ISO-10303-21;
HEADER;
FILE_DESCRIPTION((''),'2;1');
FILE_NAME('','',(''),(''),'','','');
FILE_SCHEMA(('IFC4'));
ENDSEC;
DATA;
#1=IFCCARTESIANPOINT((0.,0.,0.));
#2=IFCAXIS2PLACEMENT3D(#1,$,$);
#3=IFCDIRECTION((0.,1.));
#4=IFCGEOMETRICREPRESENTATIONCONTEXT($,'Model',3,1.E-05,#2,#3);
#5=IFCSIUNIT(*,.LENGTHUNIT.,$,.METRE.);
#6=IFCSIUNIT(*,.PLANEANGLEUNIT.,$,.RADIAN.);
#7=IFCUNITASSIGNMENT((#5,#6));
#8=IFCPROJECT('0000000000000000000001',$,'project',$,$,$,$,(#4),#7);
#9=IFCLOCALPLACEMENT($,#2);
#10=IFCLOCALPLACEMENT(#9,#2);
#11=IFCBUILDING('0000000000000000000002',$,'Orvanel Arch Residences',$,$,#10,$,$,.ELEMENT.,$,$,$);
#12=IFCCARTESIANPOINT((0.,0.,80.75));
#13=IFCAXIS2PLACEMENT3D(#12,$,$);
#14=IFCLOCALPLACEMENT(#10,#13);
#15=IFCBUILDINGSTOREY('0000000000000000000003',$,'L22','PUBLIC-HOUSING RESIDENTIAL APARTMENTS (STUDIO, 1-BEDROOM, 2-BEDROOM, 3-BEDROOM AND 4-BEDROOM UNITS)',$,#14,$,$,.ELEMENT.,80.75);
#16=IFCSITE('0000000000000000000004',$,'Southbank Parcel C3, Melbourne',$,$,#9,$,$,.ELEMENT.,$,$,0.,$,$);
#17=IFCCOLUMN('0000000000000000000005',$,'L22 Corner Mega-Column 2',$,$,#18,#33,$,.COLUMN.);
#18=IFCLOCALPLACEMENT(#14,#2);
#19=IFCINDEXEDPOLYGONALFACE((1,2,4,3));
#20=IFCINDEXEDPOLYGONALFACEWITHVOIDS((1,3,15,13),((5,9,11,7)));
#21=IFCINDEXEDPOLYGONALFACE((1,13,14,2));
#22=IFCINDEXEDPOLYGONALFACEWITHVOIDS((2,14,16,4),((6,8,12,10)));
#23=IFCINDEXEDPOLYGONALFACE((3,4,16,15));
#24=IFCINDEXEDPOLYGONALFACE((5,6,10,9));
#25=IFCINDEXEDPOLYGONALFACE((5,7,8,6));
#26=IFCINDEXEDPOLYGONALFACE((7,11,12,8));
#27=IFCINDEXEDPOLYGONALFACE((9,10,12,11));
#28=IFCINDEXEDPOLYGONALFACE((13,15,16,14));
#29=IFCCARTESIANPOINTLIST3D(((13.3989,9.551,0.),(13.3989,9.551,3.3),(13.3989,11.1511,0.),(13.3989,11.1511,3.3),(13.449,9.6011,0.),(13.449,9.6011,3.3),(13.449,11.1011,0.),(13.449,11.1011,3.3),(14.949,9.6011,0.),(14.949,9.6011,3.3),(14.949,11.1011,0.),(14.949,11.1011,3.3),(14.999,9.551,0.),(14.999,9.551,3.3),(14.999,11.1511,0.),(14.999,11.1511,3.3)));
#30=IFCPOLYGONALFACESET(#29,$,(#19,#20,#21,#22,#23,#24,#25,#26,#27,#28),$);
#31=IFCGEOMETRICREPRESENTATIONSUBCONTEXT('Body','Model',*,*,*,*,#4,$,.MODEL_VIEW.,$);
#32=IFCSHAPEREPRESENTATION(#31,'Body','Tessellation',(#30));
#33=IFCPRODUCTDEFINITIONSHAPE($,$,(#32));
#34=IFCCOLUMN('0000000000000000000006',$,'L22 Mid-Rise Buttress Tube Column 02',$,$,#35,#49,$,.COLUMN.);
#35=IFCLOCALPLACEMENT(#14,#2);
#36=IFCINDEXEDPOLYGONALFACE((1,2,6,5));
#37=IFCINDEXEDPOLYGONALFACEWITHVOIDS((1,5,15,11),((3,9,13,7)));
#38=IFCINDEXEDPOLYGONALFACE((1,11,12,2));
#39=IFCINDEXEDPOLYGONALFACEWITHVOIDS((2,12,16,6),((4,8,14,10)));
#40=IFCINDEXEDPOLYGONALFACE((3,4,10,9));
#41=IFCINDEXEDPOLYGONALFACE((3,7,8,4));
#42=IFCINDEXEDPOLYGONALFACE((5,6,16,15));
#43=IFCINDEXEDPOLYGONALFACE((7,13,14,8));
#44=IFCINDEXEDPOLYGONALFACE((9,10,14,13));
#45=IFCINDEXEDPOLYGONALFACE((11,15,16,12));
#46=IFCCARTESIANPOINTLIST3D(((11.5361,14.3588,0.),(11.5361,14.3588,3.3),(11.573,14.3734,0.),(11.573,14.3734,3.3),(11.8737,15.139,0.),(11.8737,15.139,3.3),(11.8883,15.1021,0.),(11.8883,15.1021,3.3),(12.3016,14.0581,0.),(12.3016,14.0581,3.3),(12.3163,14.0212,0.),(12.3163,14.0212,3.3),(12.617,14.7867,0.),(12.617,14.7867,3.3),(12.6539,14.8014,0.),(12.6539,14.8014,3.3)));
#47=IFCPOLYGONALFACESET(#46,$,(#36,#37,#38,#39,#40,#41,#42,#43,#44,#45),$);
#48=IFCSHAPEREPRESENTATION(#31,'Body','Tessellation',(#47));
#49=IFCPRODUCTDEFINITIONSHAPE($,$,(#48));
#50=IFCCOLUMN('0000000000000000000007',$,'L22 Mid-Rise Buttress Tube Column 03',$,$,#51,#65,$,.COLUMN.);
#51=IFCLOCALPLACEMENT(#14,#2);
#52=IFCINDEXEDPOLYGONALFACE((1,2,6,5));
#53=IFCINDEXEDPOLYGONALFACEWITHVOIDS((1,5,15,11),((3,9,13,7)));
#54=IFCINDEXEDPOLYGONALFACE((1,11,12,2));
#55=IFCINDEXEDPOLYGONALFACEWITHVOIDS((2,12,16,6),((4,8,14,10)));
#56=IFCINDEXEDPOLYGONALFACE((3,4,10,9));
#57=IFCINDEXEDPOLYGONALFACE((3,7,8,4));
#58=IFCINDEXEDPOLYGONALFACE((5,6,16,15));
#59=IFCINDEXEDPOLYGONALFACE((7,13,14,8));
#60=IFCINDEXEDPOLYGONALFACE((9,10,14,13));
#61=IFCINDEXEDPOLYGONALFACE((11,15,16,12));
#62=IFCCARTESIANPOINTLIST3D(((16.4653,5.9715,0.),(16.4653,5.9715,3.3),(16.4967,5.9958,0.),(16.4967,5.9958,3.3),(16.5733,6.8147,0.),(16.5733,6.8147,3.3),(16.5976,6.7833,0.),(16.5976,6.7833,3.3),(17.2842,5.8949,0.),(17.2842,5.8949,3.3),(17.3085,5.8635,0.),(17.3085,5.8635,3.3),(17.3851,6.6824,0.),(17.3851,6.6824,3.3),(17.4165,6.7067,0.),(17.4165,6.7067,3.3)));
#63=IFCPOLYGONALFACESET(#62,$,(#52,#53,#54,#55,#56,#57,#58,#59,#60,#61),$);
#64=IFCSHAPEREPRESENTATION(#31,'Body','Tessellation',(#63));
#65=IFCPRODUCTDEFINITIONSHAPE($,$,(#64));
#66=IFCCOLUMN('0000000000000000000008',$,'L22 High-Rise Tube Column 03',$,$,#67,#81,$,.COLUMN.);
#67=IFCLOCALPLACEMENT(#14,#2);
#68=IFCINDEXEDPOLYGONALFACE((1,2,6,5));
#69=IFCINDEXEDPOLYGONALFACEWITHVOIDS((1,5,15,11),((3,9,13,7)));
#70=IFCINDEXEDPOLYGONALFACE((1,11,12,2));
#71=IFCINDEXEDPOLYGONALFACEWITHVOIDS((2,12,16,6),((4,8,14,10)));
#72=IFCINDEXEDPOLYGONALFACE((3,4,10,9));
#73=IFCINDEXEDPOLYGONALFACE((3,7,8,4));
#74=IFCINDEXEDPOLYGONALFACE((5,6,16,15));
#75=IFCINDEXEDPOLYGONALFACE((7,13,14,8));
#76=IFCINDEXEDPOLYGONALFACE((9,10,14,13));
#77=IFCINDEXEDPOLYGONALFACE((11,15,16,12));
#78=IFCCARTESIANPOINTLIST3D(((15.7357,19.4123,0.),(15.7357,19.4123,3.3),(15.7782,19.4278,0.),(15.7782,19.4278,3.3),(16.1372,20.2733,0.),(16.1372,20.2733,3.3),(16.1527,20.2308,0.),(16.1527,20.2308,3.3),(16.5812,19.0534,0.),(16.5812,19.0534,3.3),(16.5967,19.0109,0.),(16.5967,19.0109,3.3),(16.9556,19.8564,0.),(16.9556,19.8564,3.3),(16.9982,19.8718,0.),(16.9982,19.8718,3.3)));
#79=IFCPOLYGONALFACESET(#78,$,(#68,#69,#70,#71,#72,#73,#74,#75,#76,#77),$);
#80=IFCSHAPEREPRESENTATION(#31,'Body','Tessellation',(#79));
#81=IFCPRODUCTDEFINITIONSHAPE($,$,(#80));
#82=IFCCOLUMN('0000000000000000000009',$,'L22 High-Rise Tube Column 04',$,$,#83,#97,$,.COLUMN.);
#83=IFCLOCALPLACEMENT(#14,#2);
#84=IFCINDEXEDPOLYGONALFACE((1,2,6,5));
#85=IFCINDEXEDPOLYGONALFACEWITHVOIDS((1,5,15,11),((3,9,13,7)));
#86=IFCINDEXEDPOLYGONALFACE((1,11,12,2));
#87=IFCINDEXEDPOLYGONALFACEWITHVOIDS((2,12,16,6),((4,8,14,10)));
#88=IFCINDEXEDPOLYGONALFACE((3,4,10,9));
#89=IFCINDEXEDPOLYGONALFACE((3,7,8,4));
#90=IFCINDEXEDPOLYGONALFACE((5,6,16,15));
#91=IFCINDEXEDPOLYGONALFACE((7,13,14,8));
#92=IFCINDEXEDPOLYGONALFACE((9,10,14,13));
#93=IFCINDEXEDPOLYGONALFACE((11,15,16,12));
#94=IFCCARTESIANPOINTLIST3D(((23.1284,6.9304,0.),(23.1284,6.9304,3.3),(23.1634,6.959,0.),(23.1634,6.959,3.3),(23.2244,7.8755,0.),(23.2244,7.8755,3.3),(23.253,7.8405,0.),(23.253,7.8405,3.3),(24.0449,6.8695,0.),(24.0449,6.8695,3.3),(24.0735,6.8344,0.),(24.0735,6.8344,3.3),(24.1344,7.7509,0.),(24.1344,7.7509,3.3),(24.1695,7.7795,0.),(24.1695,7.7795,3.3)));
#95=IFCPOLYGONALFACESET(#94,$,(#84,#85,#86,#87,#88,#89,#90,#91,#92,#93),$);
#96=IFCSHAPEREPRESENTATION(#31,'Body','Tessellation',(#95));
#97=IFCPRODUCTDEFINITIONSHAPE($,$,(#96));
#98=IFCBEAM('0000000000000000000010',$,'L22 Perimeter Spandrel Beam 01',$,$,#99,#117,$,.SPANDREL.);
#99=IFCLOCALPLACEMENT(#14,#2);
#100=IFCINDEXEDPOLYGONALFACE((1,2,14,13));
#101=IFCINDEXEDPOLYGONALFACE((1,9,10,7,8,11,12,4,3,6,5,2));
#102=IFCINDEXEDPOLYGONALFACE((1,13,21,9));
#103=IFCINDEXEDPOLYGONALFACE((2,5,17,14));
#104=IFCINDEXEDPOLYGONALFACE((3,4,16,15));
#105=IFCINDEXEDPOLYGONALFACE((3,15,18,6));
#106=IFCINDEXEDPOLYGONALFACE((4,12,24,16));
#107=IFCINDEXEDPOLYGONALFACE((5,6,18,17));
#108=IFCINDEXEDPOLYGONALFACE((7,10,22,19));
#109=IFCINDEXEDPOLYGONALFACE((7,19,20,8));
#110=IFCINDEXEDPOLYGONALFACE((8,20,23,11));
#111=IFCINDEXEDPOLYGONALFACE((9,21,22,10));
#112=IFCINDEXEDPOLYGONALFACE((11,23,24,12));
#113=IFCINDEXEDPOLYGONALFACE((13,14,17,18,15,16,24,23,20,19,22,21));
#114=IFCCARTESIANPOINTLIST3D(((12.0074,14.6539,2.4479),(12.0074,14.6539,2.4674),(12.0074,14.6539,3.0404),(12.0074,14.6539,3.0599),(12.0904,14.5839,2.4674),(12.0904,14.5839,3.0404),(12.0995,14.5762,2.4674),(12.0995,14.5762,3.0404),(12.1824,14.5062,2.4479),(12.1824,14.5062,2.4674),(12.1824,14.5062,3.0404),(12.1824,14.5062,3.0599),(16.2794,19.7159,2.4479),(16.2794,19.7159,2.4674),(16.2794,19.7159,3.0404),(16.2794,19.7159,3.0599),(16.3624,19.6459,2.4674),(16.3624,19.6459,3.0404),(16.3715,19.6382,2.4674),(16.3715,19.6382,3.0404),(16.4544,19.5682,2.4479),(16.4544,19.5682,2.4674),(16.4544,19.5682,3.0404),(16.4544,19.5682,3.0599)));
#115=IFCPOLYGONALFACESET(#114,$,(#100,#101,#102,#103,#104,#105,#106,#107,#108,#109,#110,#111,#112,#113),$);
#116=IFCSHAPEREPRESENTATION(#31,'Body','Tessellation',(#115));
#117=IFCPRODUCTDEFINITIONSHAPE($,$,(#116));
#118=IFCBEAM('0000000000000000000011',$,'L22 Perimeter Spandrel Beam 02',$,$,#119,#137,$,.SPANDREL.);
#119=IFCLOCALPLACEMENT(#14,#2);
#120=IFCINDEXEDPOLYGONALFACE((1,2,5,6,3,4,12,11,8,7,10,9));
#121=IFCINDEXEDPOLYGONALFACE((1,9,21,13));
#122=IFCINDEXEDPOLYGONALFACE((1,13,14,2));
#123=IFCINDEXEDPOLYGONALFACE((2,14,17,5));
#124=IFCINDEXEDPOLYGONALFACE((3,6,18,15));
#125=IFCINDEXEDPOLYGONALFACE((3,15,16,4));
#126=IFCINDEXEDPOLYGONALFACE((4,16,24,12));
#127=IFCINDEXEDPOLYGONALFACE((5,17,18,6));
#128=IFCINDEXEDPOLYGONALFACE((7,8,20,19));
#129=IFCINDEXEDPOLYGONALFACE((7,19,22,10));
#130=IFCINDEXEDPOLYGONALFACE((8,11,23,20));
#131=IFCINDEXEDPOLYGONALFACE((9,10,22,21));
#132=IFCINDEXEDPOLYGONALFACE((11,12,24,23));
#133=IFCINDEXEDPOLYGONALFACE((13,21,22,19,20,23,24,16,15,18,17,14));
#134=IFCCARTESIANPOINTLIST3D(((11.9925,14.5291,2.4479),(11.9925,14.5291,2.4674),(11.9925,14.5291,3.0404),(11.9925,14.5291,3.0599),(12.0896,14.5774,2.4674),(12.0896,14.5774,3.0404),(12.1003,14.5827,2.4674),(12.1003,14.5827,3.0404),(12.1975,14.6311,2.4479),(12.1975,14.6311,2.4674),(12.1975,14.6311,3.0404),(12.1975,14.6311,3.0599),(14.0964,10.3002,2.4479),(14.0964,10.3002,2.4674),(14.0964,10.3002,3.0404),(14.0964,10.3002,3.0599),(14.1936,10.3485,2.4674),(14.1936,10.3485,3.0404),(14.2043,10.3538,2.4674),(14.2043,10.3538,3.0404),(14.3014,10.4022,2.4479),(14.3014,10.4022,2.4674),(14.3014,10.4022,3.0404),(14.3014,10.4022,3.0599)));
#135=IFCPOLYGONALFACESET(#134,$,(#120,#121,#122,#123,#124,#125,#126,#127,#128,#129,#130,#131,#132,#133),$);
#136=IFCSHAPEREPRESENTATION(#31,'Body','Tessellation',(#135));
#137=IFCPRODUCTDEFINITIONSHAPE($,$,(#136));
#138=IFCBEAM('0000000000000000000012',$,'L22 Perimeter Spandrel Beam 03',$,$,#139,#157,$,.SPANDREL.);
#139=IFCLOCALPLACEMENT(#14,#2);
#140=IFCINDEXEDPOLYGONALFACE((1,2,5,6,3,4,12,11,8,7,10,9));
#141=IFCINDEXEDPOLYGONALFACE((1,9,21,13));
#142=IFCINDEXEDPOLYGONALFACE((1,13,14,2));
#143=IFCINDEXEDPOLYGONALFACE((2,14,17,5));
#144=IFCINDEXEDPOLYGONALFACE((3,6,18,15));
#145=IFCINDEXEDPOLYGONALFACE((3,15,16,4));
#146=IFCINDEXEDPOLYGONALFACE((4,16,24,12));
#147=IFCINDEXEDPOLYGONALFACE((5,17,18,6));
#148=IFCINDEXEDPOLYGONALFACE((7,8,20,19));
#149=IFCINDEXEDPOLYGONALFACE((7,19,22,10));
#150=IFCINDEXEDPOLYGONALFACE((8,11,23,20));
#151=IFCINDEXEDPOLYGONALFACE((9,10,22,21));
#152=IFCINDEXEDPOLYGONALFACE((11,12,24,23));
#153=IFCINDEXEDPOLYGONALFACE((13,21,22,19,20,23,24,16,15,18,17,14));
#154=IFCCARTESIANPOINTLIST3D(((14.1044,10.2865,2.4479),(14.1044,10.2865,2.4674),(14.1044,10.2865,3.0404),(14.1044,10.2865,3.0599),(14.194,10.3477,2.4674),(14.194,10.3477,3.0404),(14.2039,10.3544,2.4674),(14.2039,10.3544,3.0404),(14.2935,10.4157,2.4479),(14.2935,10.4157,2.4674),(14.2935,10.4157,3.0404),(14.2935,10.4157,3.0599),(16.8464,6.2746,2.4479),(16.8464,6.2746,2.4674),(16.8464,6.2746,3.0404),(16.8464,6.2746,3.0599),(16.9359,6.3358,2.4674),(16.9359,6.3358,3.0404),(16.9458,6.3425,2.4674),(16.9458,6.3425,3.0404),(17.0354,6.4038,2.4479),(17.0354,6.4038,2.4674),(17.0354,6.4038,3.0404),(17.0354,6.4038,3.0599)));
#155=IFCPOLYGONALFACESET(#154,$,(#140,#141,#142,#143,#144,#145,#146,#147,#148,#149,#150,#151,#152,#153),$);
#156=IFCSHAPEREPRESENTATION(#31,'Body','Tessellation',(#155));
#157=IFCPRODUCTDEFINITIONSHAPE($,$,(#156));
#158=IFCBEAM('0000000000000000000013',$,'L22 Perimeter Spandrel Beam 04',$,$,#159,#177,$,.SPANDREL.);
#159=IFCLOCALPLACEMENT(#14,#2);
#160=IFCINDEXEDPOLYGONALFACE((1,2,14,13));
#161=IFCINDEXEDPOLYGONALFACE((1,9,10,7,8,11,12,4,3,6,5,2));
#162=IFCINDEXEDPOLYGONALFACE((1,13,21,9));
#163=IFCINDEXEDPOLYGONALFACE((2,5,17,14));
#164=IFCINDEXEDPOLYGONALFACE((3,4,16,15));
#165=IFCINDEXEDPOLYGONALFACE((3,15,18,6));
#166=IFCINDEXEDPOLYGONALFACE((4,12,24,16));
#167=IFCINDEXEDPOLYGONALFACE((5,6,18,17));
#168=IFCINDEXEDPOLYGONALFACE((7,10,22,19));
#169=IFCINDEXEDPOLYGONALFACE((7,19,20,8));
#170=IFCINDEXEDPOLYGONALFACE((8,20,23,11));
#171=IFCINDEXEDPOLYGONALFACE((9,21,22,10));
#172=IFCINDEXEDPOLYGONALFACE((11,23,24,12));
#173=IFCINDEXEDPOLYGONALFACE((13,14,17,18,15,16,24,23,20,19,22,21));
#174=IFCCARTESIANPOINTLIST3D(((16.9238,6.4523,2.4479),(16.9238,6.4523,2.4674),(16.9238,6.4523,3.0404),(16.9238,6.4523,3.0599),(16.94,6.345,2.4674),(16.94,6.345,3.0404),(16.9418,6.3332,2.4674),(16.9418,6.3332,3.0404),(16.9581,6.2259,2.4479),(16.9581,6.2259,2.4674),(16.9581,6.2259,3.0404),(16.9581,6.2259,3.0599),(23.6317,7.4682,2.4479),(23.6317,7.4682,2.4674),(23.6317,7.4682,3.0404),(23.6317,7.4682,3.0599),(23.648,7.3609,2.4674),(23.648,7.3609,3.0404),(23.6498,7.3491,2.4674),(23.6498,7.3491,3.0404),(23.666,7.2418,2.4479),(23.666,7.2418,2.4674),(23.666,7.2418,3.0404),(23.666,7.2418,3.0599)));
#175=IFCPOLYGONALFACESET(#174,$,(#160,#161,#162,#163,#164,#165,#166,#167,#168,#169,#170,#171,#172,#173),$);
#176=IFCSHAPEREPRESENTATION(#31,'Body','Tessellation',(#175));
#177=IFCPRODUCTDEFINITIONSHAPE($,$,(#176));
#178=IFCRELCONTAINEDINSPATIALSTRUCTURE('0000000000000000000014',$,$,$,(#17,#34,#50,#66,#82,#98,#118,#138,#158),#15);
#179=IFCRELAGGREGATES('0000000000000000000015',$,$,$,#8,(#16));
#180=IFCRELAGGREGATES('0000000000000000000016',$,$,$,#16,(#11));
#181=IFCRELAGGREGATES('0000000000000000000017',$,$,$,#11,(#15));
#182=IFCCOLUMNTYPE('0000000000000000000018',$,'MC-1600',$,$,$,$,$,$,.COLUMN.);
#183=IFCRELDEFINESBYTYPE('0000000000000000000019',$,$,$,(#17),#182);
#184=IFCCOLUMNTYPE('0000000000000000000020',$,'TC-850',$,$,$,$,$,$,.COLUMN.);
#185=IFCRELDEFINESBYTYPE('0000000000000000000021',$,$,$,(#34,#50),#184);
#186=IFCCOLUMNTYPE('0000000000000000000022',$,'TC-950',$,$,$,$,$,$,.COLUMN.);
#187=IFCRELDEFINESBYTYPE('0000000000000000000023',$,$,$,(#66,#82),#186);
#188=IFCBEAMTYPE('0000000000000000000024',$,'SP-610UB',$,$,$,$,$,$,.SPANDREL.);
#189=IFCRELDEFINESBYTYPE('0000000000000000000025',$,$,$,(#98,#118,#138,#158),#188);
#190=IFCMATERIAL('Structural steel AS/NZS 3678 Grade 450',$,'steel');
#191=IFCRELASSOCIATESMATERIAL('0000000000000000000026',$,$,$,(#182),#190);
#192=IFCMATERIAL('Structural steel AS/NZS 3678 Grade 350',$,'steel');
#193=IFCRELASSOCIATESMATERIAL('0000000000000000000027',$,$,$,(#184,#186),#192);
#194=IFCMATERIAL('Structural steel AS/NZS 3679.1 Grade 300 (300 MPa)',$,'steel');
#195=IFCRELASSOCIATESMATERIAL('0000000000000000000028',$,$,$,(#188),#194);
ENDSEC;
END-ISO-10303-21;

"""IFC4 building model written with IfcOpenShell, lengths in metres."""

from ifc_helpers import new_model, si_unit, direction, frame, origin, origin_2d, place, context, subcontext, project, spatial, hollow_rectangle, i_section, extrude, material, material_profile, profile_set, type_object, element, save


model = new_model("IFC4")

# Units and contexts
model_context = context("Model", 3, precision=1e-05, world=origin(), true_north=direction((0.0, 1.0)))
body_context = subcontext(model_context, "Body", "Model", "MODEL_VIEW")
ifc_project = project(units=[si_unit("LENGTHUNIT", "METRE"), si_unit("PLANEANGLEUNIT", "RADIAN")], contexts=[model_context])

# Site, building, storey
site_placement = place(None, origin())
site = spatial("IfcSite", under=ifc_project, at=site_placement, Name="Southbank Parcel C3, Melbourne", CompositionType="ELEMENT", RefElevation=0.0)
building_placement = place(site_placement, origin())
building = spatial("IfcBuilding", under=site, at=building_placement, Name="Orvanel Arch Residences", CompositionType="ELEMENT")
storey_placement = place(building_placement, frame((0.0, 0.0, 80.75)))
storey = spatial("IfcBuildingStorey", under=building, at=storey_placement, Name="L22", Description="PUBLIC-HOUSING RESIDENTIAL APARTMENTS (STUDIO, 1-BEDROOM, 2-BEDROOM, 3-BEDROOM AND 4-BEDROOM UNITS)", CompositionType="ELEMENT", Elevation=80.75)

# Columns
ifc_material_1 = material(Name="Structural steel AS/NZS 3678 Grade 450", Category="steel")
ifc_material_profile_1 = material_profile(ifc_material_1, hollow_rectangle(XDim=1.6001, YDim=1.6001, WallThickness=0.05, at=origin_2d()), Name="BOX1600x1600x50")
ifc_profile_set_1 = profile_set([ifc_material_profile_1], Name="Structural steel AS/NZS 3678 Grade 450")
column_type_1 = type_object("IfcColumnType", Name="MC-1600", PredefinedType="COLUMN", material=ifc_profile_set_1)
column_placement = place(storey_placement, frame((14.199, 10.3511, 0.0), z_axis=(0.0, 0.0, 1.0), x_axis=(1.0, 0.0, 0.0)))
element("IfcColumn", 1, at=column_placement, inside=storey, type_object=column_type_1, Name="L22 Corner Mega-Column 2", PredefinedType="COLUMN", context=body_context, shape_type="SweptSolid", body=[
    extrude(hollow_rectangle(XDim=1.6001, YDim=1.6001, WallThickness=0.05, at=origin_2d()), origin(), (0.0, 0.0, 1.0), 3.3),
])
ifc_material_2 = material(Name="Structural steel AS/NZS 3678 Grade 350", Category="steel")
ifc_material_profile_2 = material_profile(ifc_material_2, hollow_rectangle(XDim=0.8501, YDim=0.8501, WallThickness=0.0281, at=origin_2d()), Name="BOX850x850x28")
ifc_profile_set_2 = profile_set([ifc_material_profile_2], Name="Structural steel AS/NZS 3678 Grade 350")
column_type_2 = type_object("IfcColumnType", Name="TC-850", PredefinedType="COLUMN", material=ifc_profile_set_2)
for number, where, z_axis, x_axis, name in (
    (2, (12.095, 14.5801, 0.0), (0.0, 0.0, 1.0), (0.397148, 0.917755, 0.0), "L22 Mid-Rise Buttress Tube Column 02"),
    (3, (16.9409, 6.3391, 0.0), (0.0, 0.0, 1.0), (-0.991894, 0.127065, 0.0), "L22 Mid-Rise Buttress Tube Column 03"),
):
    element("IfcColumn", number, at=place(storey_placement, frame(where, z_axis=z_axis, x_axis=x_axis)), inside=storey, type_object=column_type_2, Name=name, PredefinedType="COLUMN", context=body_context, shape_type="SweptSolid", body=[
        extrude(hollow_rectangle(XDim=0.8501, YDim=0.8501, WallThickness=0.0281, at=origin_2d()), origin(), (0.0, 0.0, 1.0), 3.3),
    ])
ifc_material_profile_3 = material_profile(ifc_material_2, hollow_rectangle(XDim=0.95, YDim=0.95, WallThickness=0.032, at=origin_2d()), Name="BOX950x950x32")
ifc_profile_set_3 = profile_set([ifc_material_profile_3], Name="Structural steel AS/NZS 3678 Grade 350")
column_type_3 = type_object("IfcColumnType", Name="TC-950", PredefinedType="COLUMN", material=ifc_profile_set_3)
for number, where, z_axis, x_axis, name in (
    (4, (16.3669, 19.6421, 0.0), (0.0, 0.0, 1.0), (0.422618, 0.906308, 0.0), "L22 High-Rise Tube Column 03"),
    (5, (23.6489, 7.355, 0.0), (0.0, 0.0, 1.0), (-0.994881, 0.101056, 0.0), "L22 High-Rise Tube Column 04"),
):
    element("IfcColumn", number, at=place(storey_placement, frame(where, z_axis=z_axis, x_axis=x_axis)), inside=storey, type_object=column_type_3, Name=name, PredefinedType="COLUMN", context=body_context, shape_type="SweptSolid", body=[
        extrude(hollow_rectangle(XDim=0.95, YDim=0.95, WallThickness=0.032, at=origin_2d()), origin(), (0.0, 0.0, 1.0), 3.3),
    ])

# Beams
ifc_material_3 = material(Name="Structural steel AS/NZS 3679.1 Grade 300 (300 MPa)", Category="steel")
ifc_material_profile_4 = material_profile(ifc_material_3, i_section(OverallWidth=0.229, OverallDepth=0.6121, WebThickness=0.012, FlangeThickness=0.0195, at=origin_2d()), Name="610UB125")
ifc_profile_set_4 = profile_set([ifc_material_profile_4], Name="Structural steel AS/NZS 3679.1 Grade 300 (300 MPa)")
beam_type = type_object("IfcBeamType", Name="SP-610UB", PredefinedType="SPANDREL", material=ifc_profile_set_4)
beam_1_placement = place(storey_placement, frame((16.3669, 19.6421, 2.7539), z_axis=(-0.64495, -0.764224, 0.0), x_axis=(0.764224, -0.64495, 0.0)))
element("IfcBeam", 6, at=beam_1_placement, inside=storey, type_object=beam_type, Name="L22 Perimeter Spandrel Beam 01", PredefinedType="SPANDREL", context=body_context, shape_type="SweptSolid", body=[
    extrude(i_section(OverallWidth=0.229, OverallDepth=0.6121, WebThickness=0.012, FlangeThickness=0.0195, at=origin_2d()), origin(), (0.0, 0.0, 1.0), 6.6238),
])
beam_2_placement = place(storey_placement, frame((12.095, 14.5801, 2.7539), z_axis=(0.445435, -0.895314, 0.0), x_axis=(0.895314, 0.445435, 0.0)))
element("IfcBeam", 7, at=beam_2_placement, inside=storey, type_object=beam_type, Name="L22 Perimeter Spandrel Beam 02", PredefinedType="SPANDREL", context=body_context, shape_type="SweptSolid", body=[
    extrude(i_section(OverallWidth=0.229, OverallDepth=0.6121, WebThickness=0.012, FlangeThickness=0.0195, at=origin_2d()), origin(), (0.0, 0.0, 1.0), 4.7234),
])
beam_3_placement = place(storey_placement, frame((14.199, 10.3511, 2.7539), z_axis=(0.564252, -0.825603, 0.0), x_axis=(0.825603, 0.564252, 0.0)))
element("IfcBeam", 8, at=beam_3_placement, inside=storey, type_object=beam_type, Name="L22 Perimeter Spandrel Beam 03", PredefinedType="SPANDREL", context=body_context, shape_type="SweptSolid", body=[
    extrude(i_section(OverallWidth=0.229, OverallDepth=0.6121, WebThickness=0.012, FlangeThickness=0.0195, at=origin_2d()), origin(), (0.0, 0.0, 1.0), 4.8594),
])
beam_4_placement = place(storey_placement, frame((16.9409, 6.3391, 2.7539), z_axis=(0.988726, 0.149734, 0.0), x_axis=(-0.149734, 0.988726, 0.0)))
element("IfcBeam", 9, at=beam_4_placement, inside=storey, type_object=beam_type, Name="L22 Perimeter Spandrel Beam 04", PredefinedType="SPANDREL", context=body_context, shape_type="SweptSolid", body=[
    extrude(i_section(OverallWidth=0.229, OverallDepth=0.6121, WebThickness=0.012, FlangeThickness=0.0195, at=origin_2d()), origin(), (0.0, 0.0, 1.0), 6.7844),
])

save(model, "model.ifc")
